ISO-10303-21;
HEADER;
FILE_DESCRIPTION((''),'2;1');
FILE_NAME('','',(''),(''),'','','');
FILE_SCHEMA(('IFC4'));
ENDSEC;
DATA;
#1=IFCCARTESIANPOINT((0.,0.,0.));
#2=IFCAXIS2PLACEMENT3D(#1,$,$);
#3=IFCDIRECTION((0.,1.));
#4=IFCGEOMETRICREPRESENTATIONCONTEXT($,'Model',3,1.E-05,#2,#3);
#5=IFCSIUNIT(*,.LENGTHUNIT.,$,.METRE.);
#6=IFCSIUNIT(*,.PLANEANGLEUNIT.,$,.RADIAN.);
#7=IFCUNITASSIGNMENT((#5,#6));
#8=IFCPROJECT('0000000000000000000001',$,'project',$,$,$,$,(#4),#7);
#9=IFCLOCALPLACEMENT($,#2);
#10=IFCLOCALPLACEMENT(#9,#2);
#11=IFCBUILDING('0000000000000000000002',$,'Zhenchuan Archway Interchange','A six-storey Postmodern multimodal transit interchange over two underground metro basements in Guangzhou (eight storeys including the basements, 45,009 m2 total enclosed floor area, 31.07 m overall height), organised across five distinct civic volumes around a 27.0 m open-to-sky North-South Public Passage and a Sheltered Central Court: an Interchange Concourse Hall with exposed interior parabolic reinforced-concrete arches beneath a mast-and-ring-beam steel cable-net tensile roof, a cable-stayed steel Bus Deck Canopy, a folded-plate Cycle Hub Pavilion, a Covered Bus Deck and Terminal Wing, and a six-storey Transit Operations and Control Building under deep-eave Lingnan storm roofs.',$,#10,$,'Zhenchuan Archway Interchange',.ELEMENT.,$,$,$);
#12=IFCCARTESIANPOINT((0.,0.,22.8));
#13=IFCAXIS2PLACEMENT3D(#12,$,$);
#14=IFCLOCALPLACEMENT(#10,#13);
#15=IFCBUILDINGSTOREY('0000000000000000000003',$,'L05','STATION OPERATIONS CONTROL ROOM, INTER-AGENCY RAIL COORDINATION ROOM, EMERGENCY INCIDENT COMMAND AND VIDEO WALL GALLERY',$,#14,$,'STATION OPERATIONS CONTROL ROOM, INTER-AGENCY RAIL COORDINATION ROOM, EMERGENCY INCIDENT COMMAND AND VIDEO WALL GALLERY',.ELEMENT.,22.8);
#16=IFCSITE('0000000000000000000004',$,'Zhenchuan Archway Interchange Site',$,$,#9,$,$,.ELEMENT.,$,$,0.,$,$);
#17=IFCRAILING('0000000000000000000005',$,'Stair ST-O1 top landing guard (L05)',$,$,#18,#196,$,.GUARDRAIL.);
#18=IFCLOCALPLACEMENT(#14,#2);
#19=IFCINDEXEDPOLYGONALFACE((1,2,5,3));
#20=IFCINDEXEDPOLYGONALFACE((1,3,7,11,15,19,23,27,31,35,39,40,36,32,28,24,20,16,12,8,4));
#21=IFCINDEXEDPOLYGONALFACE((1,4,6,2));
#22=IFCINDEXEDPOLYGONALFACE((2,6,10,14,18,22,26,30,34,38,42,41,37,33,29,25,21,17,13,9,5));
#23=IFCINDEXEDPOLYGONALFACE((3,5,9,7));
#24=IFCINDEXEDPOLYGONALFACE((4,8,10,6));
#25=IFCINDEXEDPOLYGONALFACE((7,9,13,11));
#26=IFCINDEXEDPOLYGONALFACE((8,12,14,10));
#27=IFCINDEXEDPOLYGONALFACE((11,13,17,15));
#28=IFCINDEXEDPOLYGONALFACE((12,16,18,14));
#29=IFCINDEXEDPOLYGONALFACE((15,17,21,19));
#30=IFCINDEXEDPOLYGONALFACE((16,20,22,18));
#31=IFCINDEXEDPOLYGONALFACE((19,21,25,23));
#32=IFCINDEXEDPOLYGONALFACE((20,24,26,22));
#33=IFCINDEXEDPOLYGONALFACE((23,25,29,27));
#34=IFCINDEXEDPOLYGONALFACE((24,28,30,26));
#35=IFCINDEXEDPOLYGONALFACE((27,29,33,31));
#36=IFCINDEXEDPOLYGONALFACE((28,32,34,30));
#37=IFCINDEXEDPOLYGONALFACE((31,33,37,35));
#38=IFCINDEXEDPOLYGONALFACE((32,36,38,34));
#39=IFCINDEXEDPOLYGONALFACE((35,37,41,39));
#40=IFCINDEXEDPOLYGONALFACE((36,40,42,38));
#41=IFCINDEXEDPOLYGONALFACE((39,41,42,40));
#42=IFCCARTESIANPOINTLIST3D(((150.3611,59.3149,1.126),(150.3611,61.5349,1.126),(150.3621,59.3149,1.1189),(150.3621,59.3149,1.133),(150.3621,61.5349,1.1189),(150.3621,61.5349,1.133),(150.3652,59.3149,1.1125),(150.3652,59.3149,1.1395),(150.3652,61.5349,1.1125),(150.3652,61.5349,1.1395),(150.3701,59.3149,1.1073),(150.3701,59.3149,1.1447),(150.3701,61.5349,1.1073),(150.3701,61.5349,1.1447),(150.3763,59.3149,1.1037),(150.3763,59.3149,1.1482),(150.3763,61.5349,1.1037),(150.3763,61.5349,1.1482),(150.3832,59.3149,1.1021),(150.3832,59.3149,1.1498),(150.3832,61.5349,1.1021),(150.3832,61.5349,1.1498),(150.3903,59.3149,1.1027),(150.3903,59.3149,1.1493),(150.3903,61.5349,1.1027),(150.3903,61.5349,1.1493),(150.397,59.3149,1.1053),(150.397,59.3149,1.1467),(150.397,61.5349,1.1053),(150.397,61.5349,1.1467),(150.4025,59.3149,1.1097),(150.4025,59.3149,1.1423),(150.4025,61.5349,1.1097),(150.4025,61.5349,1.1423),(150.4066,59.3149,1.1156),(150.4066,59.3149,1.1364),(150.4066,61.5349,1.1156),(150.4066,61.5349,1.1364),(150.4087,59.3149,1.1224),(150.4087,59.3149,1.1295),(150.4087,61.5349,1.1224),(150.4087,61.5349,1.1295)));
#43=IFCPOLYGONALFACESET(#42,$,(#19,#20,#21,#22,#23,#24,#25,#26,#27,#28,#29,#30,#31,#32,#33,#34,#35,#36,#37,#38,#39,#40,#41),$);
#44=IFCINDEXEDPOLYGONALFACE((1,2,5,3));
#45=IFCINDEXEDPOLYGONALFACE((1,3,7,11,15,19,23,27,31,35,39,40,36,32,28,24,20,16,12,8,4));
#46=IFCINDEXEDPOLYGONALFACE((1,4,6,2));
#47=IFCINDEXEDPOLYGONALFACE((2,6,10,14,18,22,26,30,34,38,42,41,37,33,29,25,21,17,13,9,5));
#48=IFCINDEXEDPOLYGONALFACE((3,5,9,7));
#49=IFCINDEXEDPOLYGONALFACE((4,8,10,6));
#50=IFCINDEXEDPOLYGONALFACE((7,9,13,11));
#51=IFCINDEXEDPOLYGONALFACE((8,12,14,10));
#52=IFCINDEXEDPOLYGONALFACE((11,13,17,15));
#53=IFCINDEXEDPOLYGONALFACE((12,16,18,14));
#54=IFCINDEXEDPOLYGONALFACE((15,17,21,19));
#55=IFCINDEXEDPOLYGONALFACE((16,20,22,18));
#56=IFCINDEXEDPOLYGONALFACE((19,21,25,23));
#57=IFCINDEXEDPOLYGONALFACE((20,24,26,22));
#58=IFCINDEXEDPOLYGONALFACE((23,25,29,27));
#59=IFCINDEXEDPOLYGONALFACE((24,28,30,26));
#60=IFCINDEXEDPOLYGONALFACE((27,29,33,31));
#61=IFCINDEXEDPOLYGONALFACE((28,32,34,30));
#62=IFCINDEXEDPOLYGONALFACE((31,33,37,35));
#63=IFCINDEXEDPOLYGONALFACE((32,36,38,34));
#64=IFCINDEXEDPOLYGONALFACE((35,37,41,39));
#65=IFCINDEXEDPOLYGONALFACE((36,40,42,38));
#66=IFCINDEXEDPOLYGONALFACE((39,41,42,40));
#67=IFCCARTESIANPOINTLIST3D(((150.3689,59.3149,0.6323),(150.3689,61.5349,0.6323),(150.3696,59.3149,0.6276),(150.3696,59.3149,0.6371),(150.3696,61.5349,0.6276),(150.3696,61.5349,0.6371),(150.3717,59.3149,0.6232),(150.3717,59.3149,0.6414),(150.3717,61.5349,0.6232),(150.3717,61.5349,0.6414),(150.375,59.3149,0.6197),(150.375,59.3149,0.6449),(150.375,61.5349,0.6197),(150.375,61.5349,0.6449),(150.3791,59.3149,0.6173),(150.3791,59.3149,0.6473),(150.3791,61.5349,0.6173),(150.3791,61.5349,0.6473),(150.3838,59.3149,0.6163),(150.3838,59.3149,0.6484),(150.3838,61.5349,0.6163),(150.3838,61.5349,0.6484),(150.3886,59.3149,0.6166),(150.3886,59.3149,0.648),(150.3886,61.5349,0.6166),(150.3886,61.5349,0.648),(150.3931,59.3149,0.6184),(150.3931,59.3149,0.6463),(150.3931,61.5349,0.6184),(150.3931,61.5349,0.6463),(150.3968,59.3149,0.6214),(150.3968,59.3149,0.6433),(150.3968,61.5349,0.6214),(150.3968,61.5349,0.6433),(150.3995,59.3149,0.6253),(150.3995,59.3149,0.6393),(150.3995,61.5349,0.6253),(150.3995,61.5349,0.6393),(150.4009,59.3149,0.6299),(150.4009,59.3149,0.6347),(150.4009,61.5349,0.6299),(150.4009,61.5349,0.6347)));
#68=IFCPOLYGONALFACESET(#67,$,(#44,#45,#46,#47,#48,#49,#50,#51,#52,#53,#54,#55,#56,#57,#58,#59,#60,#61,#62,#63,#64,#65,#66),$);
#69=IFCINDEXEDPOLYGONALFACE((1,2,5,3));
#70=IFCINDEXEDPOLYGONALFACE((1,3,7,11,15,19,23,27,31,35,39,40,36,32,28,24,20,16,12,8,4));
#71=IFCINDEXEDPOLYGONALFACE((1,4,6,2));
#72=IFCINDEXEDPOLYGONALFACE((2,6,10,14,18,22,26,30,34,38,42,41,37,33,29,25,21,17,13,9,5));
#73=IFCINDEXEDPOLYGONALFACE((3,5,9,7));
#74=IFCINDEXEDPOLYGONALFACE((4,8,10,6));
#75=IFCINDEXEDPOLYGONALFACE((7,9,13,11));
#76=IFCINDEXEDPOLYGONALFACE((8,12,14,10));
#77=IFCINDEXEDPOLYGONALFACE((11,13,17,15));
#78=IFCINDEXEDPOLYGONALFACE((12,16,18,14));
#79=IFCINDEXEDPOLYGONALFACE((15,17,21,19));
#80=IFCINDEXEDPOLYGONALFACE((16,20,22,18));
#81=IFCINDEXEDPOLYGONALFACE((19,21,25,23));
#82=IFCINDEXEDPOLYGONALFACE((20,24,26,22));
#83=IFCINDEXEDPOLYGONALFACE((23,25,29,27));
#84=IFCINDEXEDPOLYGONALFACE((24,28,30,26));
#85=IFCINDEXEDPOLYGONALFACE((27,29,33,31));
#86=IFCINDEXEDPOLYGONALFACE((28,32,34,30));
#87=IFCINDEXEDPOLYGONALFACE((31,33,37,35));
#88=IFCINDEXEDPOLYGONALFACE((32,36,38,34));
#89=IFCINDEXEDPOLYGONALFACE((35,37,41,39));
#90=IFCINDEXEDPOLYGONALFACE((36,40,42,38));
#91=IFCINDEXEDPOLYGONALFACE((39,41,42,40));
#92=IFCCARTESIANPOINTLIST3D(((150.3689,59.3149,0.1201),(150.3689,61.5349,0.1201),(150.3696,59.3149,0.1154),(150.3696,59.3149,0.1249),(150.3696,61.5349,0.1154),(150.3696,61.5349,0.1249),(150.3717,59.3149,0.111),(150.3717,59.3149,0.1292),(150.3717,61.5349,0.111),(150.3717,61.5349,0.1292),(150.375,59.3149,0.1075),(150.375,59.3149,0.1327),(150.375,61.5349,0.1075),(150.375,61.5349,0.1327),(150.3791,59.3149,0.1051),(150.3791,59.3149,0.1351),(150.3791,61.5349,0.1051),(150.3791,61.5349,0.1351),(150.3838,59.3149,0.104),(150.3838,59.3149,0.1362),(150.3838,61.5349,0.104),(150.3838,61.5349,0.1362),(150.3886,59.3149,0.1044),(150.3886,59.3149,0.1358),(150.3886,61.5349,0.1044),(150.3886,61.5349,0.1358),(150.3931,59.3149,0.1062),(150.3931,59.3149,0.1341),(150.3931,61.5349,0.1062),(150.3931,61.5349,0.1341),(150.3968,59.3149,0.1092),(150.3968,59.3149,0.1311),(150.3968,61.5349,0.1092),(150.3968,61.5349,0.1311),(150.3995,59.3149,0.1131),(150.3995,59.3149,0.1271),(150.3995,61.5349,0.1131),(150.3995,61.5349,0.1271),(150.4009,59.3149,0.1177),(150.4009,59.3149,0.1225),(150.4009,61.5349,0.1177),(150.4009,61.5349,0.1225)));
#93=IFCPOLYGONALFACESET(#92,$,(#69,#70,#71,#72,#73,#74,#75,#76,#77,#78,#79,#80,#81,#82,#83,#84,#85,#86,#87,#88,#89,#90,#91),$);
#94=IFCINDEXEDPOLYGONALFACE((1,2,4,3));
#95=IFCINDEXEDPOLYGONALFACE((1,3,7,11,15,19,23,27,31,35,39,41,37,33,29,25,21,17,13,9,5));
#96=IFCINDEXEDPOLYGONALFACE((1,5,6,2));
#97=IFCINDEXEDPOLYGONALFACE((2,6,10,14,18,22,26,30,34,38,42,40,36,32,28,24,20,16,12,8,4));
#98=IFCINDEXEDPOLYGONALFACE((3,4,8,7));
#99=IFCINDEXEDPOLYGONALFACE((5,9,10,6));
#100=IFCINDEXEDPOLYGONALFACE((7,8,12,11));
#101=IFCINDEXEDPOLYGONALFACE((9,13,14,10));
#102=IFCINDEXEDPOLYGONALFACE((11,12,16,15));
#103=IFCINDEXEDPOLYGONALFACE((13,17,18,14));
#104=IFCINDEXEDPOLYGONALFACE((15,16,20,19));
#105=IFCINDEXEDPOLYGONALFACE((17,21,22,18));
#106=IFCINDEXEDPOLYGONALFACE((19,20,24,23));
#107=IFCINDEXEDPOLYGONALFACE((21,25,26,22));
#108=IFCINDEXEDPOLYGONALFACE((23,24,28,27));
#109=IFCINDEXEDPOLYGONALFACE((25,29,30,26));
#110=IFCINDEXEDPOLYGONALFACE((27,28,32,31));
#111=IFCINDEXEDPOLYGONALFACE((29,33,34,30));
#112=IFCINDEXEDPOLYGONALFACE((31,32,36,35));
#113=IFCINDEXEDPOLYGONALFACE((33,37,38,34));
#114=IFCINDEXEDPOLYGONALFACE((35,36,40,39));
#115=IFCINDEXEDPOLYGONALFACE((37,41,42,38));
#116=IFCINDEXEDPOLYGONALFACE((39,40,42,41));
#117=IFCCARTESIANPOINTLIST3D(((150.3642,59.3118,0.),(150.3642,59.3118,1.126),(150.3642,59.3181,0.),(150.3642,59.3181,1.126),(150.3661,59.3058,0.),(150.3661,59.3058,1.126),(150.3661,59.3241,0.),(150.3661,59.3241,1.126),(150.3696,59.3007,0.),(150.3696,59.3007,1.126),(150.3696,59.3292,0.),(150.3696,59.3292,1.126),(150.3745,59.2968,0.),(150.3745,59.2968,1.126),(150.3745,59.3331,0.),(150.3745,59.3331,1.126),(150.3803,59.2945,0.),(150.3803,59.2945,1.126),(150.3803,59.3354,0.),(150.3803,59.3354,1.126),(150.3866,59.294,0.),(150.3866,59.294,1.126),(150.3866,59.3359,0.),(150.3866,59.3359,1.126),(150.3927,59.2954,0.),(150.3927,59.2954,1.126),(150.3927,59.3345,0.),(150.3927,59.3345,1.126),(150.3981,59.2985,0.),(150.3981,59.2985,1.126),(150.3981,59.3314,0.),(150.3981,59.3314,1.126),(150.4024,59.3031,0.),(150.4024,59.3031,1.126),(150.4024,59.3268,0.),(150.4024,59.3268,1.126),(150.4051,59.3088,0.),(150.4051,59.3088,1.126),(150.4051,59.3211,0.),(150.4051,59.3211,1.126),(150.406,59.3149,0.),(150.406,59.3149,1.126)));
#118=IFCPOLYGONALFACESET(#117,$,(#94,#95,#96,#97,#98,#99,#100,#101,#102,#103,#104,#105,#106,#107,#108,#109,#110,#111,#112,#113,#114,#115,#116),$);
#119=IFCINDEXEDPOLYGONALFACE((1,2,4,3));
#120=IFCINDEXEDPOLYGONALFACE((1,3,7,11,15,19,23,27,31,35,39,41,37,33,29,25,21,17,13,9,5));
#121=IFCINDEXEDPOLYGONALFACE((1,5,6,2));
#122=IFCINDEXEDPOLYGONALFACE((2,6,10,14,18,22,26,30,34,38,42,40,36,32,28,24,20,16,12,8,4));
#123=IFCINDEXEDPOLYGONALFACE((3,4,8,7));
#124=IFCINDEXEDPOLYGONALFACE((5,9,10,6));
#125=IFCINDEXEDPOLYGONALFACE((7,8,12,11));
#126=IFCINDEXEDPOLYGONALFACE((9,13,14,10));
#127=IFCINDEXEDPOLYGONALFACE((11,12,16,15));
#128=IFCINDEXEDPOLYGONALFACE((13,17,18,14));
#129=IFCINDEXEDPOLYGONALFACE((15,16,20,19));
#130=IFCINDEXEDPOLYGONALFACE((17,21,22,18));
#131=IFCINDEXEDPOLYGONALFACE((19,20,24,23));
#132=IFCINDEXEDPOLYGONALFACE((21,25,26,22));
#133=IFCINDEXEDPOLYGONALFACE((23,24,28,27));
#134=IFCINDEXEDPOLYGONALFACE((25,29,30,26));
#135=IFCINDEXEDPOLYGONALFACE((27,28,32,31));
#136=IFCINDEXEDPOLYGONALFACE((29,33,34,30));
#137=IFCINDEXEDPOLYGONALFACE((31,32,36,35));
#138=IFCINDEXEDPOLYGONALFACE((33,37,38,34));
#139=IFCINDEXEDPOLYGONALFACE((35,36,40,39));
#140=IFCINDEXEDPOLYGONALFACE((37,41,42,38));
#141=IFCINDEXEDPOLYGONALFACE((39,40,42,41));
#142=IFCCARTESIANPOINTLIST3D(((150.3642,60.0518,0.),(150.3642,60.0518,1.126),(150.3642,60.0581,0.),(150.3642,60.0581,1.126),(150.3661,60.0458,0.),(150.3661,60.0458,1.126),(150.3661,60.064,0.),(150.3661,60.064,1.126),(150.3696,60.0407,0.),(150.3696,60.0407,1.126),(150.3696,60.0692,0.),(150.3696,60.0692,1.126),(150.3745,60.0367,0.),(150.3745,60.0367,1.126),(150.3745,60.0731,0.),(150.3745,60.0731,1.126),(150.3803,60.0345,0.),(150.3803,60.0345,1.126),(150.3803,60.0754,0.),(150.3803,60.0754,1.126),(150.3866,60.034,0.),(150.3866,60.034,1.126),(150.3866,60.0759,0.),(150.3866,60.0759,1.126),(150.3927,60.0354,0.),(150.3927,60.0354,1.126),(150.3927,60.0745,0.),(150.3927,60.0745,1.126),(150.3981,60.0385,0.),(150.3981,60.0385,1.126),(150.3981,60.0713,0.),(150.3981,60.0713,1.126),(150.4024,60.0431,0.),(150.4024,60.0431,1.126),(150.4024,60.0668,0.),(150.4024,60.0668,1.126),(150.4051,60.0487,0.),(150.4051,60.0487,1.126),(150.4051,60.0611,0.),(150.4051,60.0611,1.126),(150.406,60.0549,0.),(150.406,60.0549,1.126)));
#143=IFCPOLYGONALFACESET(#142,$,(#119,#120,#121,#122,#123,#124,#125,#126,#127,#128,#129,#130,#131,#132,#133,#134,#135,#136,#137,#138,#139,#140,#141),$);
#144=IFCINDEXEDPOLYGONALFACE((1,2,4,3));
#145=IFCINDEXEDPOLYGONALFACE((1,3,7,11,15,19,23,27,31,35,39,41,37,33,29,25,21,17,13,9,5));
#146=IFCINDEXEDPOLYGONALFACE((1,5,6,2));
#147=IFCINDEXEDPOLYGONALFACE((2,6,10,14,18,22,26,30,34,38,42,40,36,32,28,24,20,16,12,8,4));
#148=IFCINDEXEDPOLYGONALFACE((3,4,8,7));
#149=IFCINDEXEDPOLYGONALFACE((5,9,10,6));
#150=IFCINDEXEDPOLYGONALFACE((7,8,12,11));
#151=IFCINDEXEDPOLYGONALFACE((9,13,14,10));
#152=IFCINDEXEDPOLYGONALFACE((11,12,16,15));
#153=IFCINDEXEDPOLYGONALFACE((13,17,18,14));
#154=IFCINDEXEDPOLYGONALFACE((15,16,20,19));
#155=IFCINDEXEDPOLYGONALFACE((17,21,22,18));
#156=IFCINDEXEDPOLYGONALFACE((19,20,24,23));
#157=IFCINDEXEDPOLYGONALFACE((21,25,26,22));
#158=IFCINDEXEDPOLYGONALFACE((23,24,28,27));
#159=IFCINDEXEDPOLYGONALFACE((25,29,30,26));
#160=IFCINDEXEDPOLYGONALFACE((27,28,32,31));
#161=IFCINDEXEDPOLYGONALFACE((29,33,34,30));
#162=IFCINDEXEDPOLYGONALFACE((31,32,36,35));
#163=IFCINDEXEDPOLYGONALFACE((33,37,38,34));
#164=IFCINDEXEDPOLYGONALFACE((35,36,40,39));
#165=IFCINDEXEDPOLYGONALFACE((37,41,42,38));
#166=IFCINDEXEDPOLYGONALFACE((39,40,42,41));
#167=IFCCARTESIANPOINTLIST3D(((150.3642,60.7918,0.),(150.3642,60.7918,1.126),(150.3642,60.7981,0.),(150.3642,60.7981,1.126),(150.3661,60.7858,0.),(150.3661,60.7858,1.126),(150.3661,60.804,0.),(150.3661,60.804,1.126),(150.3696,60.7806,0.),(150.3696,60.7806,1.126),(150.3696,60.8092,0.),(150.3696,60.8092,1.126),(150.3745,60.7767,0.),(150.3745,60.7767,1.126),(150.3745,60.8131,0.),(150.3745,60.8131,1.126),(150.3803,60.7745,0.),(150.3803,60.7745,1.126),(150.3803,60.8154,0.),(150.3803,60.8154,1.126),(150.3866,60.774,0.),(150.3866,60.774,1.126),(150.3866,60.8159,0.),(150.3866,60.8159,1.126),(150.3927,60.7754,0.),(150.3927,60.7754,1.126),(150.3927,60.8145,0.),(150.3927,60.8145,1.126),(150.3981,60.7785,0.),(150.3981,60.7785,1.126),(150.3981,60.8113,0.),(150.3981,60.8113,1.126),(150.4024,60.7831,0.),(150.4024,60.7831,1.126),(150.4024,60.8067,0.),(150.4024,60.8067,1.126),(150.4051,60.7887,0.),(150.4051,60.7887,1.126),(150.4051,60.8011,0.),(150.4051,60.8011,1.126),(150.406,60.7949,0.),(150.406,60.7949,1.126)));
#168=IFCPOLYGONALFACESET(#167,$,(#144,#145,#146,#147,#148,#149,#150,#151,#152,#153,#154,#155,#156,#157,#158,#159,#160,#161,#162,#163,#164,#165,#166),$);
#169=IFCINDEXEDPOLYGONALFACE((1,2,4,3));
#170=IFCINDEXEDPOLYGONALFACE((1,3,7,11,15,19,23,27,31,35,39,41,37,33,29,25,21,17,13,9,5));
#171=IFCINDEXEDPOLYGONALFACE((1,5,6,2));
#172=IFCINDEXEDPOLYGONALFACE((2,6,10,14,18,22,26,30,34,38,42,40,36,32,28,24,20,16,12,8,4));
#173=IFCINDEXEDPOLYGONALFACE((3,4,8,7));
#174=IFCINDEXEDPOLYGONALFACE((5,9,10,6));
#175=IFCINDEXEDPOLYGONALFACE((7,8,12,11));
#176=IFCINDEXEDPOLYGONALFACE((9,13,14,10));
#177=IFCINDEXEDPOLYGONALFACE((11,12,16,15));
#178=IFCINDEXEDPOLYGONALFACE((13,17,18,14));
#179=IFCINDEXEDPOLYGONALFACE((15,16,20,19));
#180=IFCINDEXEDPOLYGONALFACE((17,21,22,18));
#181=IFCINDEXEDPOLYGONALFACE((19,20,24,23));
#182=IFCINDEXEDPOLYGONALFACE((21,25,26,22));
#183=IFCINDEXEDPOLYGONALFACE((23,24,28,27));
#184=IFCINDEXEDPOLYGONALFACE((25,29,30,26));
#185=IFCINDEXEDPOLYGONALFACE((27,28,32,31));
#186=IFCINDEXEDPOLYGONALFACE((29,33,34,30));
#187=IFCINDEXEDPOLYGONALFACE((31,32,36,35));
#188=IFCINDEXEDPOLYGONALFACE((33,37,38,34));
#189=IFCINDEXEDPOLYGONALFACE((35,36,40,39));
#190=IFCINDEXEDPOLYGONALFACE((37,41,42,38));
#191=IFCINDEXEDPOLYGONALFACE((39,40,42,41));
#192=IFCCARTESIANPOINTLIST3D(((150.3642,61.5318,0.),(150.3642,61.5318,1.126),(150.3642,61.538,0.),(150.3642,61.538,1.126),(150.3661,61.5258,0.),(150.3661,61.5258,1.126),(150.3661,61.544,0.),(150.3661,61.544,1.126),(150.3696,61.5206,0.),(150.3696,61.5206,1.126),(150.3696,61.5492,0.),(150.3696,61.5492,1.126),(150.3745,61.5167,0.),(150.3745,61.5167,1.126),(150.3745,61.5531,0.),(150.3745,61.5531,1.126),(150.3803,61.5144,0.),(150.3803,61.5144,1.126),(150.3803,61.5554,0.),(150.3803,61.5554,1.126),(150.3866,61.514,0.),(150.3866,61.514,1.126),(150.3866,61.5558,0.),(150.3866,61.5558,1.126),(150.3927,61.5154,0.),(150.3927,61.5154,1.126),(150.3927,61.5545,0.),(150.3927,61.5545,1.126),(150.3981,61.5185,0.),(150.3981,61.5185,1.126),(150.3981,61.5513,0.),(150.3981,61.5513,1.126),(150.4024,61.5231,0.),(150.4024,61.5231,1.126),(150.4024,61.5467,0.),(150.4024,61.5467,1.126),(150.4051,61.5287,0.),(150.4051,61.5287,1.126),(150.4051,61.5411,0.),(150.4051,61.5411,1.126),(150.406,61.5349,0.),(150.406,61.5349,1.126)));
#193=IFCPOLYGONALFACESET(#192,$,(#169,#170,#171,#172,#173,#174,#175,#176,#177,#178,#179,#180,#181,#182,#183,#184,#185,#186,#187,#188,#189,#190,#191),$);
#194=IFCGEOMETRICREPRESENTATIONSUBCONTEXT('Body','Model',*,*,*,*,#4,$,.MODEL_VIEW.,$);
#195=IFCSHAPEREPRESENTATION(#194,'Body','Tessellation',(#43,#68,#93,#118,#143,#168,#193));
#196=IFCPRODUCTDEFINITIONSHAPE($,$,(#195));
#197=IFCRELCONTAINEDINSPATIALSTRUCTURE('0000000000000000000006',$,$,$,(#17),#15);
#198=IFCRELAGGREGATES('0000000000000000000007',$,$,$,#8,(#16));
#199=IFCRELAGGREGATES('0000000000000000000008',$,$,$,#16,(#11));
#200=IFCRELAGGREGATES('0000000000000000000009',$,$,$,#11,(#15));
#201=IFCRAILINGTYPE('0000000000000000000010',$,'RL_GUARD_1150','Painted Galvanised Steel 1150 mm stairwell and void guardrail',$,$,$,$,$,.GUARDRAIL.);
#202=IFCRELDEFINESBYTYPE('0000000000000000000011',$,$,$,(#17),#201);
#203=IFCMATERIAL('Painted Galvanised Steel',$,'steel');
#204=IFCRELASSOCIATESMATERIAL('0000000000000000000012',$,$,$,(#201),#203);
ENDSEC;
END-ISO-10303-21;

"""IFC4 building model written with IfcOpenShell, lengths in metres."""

from ifc_helpers import new_model, si_unit, direction, frame, origin, origin_2d, place, context, subcontext, project, spatial, circle, extrude, material, type_object, element, save


model = new_model("IFC4")

# Units and contexts
model_context = context("Model", 3, precision=1e-05, world=origin(), true_north=direction((0.0, 1.0)))
body_context = subcontext(model_context, "Body", "Model", "MODEL_VIEW")
ifc_project = project(units=[si_unit("LENGTHUNIT", "METRE"), si_unit("PLANEANGLEUNIT", "RADIAN")], contexts=[model_context])

# Site, building, storey
site_placement = place(None, origin())
site = spatial("IfcSite", under=ifc_project, at=site_placement, Name="Zhenchuan Archway Interchange Site", CompositionType="ELEMENT", RefElevation=0.0)
building_placement = place(site_placement, origin())
building = spatial("IfcBuilding", under=site, at=building_placement, Name="Zhenchuan Archway Interchange", Description="A six-storey Postmodern multimodal transit interchange over two underground metro basements in Guangzhou (eight storeys including the basements, 45,009 m2 total enclosed floor area, 31.07 m overall height), organised across five distinct civic volumes around a 27.0 m open-to-sky North-South Public Passage and a Sheltered Central Court: an Interchange Concourse Hall with exposed interior parabolic reinforced-concrete arches beneath a mast-and-ring-beam steel cable-net tensile roof, a cable-stayed steel Bus Deck Canopy, a folded-plate Cycle Hub Pavilion, a Covered Bus Deck and Terminal Wing, and a six-storey Transit Operations and Control Building under deep-eave Lingnan storm roofs.", LongName="Zhenchuan Archway Interchange", CompositionType="ELEMENT")
storey_placement = place(building_placement, frame((0.0, 0.0, 22.8)))
storey = spatial("IfcBuildingStorey", under=building, at=storey_placement, Name="L05", Description="STATION OPERATIONS CONTROL ROOM, INTER-AGENCY RAIL COORDINATION ROOM, EMERGENCY INCIDENT COMMAND AND VIDEO WALL GALLERY", LongName="STATION OPERATIONS CONTROL ROOM, INTER-AGENCY RAIL COORDINATION ROOM, EMERGENCY INCIDENT COMMAND AND VIDEO WALL GALLERY", CompositionType="ELEMENT", Elevation=22.8)

# Shared definitions
ifc_material_1 = material(Name="Painted Galvanised Steel", Category="steel")

# Railing
railing_type = type_object("IfcRailingType", Name="RL_GUARD_1150", Description="Painted Galvanised Steel 1150 mm stairwell and void guardrail", PredefinedType="GUARDRAIL", material=ifc_material_1)
railing_placement = place(storey_placement, frame((150.385, 59.3149, 0.0)))
element("IfcRailing", 1, at=railing_placement, inside=storey, type_object=railing_type, Name="Stair ST-O1 top landing guard (L05)", PredefinedType="GUARDRAIL", context=body_context, shape_type="SweptSolid", body=[
    extrude(circle(Radius=0.0239, at=origin_2d()), frame((0.0, 0.0, 1.126), z_axis=(0.0, 1.0, 0.0), x_axis=(-1.0, 0.0, 0.0)), (0.0, 0.0, 1.0), 2.22),
    extrude(circle(Radius=0.0161, at=origin_2d()), frame((0.0, 0.0, 0.6323), z_axis=(0.0, 1.0, 0.0), x_axis=(-1.0, 0.0, 0.0)), (0.0, 0.0, 1.0), 2.22),
    extrude(circle(Radius=0.0161, at=origin_2d()), frame((0.0, 0.0, 0.1201), z_axis=(0.0, 1.0, 0.0), x_axis=(-1.0, 0.0, 0.0)), (0.0, 0.0, 1.0), 2.22),
    extrude(circle(Radius=0.021, at=origin_2d()), origin(), (0.0, 0.0, 1.0), 1.126),
    extrude(circle(Radius=0.021, at=origin_2d()), frame((0.0, 0.74, 0.0)), (0.0, 0.0, 1.0), 1.126),
    extrude(circle(Radius=0.021, at=origin_2d()), frame((0.0, 1.48, 0.0)), (0.0, 0.0, 1.0), 1.126),
    extrude(circle(Radius=0.021, at=origin_2d()), frame((0.0, 2.22, 0.0)), (0.0, 0.0, 1.0), 1.126),
])

save(model, "model.ifc")
